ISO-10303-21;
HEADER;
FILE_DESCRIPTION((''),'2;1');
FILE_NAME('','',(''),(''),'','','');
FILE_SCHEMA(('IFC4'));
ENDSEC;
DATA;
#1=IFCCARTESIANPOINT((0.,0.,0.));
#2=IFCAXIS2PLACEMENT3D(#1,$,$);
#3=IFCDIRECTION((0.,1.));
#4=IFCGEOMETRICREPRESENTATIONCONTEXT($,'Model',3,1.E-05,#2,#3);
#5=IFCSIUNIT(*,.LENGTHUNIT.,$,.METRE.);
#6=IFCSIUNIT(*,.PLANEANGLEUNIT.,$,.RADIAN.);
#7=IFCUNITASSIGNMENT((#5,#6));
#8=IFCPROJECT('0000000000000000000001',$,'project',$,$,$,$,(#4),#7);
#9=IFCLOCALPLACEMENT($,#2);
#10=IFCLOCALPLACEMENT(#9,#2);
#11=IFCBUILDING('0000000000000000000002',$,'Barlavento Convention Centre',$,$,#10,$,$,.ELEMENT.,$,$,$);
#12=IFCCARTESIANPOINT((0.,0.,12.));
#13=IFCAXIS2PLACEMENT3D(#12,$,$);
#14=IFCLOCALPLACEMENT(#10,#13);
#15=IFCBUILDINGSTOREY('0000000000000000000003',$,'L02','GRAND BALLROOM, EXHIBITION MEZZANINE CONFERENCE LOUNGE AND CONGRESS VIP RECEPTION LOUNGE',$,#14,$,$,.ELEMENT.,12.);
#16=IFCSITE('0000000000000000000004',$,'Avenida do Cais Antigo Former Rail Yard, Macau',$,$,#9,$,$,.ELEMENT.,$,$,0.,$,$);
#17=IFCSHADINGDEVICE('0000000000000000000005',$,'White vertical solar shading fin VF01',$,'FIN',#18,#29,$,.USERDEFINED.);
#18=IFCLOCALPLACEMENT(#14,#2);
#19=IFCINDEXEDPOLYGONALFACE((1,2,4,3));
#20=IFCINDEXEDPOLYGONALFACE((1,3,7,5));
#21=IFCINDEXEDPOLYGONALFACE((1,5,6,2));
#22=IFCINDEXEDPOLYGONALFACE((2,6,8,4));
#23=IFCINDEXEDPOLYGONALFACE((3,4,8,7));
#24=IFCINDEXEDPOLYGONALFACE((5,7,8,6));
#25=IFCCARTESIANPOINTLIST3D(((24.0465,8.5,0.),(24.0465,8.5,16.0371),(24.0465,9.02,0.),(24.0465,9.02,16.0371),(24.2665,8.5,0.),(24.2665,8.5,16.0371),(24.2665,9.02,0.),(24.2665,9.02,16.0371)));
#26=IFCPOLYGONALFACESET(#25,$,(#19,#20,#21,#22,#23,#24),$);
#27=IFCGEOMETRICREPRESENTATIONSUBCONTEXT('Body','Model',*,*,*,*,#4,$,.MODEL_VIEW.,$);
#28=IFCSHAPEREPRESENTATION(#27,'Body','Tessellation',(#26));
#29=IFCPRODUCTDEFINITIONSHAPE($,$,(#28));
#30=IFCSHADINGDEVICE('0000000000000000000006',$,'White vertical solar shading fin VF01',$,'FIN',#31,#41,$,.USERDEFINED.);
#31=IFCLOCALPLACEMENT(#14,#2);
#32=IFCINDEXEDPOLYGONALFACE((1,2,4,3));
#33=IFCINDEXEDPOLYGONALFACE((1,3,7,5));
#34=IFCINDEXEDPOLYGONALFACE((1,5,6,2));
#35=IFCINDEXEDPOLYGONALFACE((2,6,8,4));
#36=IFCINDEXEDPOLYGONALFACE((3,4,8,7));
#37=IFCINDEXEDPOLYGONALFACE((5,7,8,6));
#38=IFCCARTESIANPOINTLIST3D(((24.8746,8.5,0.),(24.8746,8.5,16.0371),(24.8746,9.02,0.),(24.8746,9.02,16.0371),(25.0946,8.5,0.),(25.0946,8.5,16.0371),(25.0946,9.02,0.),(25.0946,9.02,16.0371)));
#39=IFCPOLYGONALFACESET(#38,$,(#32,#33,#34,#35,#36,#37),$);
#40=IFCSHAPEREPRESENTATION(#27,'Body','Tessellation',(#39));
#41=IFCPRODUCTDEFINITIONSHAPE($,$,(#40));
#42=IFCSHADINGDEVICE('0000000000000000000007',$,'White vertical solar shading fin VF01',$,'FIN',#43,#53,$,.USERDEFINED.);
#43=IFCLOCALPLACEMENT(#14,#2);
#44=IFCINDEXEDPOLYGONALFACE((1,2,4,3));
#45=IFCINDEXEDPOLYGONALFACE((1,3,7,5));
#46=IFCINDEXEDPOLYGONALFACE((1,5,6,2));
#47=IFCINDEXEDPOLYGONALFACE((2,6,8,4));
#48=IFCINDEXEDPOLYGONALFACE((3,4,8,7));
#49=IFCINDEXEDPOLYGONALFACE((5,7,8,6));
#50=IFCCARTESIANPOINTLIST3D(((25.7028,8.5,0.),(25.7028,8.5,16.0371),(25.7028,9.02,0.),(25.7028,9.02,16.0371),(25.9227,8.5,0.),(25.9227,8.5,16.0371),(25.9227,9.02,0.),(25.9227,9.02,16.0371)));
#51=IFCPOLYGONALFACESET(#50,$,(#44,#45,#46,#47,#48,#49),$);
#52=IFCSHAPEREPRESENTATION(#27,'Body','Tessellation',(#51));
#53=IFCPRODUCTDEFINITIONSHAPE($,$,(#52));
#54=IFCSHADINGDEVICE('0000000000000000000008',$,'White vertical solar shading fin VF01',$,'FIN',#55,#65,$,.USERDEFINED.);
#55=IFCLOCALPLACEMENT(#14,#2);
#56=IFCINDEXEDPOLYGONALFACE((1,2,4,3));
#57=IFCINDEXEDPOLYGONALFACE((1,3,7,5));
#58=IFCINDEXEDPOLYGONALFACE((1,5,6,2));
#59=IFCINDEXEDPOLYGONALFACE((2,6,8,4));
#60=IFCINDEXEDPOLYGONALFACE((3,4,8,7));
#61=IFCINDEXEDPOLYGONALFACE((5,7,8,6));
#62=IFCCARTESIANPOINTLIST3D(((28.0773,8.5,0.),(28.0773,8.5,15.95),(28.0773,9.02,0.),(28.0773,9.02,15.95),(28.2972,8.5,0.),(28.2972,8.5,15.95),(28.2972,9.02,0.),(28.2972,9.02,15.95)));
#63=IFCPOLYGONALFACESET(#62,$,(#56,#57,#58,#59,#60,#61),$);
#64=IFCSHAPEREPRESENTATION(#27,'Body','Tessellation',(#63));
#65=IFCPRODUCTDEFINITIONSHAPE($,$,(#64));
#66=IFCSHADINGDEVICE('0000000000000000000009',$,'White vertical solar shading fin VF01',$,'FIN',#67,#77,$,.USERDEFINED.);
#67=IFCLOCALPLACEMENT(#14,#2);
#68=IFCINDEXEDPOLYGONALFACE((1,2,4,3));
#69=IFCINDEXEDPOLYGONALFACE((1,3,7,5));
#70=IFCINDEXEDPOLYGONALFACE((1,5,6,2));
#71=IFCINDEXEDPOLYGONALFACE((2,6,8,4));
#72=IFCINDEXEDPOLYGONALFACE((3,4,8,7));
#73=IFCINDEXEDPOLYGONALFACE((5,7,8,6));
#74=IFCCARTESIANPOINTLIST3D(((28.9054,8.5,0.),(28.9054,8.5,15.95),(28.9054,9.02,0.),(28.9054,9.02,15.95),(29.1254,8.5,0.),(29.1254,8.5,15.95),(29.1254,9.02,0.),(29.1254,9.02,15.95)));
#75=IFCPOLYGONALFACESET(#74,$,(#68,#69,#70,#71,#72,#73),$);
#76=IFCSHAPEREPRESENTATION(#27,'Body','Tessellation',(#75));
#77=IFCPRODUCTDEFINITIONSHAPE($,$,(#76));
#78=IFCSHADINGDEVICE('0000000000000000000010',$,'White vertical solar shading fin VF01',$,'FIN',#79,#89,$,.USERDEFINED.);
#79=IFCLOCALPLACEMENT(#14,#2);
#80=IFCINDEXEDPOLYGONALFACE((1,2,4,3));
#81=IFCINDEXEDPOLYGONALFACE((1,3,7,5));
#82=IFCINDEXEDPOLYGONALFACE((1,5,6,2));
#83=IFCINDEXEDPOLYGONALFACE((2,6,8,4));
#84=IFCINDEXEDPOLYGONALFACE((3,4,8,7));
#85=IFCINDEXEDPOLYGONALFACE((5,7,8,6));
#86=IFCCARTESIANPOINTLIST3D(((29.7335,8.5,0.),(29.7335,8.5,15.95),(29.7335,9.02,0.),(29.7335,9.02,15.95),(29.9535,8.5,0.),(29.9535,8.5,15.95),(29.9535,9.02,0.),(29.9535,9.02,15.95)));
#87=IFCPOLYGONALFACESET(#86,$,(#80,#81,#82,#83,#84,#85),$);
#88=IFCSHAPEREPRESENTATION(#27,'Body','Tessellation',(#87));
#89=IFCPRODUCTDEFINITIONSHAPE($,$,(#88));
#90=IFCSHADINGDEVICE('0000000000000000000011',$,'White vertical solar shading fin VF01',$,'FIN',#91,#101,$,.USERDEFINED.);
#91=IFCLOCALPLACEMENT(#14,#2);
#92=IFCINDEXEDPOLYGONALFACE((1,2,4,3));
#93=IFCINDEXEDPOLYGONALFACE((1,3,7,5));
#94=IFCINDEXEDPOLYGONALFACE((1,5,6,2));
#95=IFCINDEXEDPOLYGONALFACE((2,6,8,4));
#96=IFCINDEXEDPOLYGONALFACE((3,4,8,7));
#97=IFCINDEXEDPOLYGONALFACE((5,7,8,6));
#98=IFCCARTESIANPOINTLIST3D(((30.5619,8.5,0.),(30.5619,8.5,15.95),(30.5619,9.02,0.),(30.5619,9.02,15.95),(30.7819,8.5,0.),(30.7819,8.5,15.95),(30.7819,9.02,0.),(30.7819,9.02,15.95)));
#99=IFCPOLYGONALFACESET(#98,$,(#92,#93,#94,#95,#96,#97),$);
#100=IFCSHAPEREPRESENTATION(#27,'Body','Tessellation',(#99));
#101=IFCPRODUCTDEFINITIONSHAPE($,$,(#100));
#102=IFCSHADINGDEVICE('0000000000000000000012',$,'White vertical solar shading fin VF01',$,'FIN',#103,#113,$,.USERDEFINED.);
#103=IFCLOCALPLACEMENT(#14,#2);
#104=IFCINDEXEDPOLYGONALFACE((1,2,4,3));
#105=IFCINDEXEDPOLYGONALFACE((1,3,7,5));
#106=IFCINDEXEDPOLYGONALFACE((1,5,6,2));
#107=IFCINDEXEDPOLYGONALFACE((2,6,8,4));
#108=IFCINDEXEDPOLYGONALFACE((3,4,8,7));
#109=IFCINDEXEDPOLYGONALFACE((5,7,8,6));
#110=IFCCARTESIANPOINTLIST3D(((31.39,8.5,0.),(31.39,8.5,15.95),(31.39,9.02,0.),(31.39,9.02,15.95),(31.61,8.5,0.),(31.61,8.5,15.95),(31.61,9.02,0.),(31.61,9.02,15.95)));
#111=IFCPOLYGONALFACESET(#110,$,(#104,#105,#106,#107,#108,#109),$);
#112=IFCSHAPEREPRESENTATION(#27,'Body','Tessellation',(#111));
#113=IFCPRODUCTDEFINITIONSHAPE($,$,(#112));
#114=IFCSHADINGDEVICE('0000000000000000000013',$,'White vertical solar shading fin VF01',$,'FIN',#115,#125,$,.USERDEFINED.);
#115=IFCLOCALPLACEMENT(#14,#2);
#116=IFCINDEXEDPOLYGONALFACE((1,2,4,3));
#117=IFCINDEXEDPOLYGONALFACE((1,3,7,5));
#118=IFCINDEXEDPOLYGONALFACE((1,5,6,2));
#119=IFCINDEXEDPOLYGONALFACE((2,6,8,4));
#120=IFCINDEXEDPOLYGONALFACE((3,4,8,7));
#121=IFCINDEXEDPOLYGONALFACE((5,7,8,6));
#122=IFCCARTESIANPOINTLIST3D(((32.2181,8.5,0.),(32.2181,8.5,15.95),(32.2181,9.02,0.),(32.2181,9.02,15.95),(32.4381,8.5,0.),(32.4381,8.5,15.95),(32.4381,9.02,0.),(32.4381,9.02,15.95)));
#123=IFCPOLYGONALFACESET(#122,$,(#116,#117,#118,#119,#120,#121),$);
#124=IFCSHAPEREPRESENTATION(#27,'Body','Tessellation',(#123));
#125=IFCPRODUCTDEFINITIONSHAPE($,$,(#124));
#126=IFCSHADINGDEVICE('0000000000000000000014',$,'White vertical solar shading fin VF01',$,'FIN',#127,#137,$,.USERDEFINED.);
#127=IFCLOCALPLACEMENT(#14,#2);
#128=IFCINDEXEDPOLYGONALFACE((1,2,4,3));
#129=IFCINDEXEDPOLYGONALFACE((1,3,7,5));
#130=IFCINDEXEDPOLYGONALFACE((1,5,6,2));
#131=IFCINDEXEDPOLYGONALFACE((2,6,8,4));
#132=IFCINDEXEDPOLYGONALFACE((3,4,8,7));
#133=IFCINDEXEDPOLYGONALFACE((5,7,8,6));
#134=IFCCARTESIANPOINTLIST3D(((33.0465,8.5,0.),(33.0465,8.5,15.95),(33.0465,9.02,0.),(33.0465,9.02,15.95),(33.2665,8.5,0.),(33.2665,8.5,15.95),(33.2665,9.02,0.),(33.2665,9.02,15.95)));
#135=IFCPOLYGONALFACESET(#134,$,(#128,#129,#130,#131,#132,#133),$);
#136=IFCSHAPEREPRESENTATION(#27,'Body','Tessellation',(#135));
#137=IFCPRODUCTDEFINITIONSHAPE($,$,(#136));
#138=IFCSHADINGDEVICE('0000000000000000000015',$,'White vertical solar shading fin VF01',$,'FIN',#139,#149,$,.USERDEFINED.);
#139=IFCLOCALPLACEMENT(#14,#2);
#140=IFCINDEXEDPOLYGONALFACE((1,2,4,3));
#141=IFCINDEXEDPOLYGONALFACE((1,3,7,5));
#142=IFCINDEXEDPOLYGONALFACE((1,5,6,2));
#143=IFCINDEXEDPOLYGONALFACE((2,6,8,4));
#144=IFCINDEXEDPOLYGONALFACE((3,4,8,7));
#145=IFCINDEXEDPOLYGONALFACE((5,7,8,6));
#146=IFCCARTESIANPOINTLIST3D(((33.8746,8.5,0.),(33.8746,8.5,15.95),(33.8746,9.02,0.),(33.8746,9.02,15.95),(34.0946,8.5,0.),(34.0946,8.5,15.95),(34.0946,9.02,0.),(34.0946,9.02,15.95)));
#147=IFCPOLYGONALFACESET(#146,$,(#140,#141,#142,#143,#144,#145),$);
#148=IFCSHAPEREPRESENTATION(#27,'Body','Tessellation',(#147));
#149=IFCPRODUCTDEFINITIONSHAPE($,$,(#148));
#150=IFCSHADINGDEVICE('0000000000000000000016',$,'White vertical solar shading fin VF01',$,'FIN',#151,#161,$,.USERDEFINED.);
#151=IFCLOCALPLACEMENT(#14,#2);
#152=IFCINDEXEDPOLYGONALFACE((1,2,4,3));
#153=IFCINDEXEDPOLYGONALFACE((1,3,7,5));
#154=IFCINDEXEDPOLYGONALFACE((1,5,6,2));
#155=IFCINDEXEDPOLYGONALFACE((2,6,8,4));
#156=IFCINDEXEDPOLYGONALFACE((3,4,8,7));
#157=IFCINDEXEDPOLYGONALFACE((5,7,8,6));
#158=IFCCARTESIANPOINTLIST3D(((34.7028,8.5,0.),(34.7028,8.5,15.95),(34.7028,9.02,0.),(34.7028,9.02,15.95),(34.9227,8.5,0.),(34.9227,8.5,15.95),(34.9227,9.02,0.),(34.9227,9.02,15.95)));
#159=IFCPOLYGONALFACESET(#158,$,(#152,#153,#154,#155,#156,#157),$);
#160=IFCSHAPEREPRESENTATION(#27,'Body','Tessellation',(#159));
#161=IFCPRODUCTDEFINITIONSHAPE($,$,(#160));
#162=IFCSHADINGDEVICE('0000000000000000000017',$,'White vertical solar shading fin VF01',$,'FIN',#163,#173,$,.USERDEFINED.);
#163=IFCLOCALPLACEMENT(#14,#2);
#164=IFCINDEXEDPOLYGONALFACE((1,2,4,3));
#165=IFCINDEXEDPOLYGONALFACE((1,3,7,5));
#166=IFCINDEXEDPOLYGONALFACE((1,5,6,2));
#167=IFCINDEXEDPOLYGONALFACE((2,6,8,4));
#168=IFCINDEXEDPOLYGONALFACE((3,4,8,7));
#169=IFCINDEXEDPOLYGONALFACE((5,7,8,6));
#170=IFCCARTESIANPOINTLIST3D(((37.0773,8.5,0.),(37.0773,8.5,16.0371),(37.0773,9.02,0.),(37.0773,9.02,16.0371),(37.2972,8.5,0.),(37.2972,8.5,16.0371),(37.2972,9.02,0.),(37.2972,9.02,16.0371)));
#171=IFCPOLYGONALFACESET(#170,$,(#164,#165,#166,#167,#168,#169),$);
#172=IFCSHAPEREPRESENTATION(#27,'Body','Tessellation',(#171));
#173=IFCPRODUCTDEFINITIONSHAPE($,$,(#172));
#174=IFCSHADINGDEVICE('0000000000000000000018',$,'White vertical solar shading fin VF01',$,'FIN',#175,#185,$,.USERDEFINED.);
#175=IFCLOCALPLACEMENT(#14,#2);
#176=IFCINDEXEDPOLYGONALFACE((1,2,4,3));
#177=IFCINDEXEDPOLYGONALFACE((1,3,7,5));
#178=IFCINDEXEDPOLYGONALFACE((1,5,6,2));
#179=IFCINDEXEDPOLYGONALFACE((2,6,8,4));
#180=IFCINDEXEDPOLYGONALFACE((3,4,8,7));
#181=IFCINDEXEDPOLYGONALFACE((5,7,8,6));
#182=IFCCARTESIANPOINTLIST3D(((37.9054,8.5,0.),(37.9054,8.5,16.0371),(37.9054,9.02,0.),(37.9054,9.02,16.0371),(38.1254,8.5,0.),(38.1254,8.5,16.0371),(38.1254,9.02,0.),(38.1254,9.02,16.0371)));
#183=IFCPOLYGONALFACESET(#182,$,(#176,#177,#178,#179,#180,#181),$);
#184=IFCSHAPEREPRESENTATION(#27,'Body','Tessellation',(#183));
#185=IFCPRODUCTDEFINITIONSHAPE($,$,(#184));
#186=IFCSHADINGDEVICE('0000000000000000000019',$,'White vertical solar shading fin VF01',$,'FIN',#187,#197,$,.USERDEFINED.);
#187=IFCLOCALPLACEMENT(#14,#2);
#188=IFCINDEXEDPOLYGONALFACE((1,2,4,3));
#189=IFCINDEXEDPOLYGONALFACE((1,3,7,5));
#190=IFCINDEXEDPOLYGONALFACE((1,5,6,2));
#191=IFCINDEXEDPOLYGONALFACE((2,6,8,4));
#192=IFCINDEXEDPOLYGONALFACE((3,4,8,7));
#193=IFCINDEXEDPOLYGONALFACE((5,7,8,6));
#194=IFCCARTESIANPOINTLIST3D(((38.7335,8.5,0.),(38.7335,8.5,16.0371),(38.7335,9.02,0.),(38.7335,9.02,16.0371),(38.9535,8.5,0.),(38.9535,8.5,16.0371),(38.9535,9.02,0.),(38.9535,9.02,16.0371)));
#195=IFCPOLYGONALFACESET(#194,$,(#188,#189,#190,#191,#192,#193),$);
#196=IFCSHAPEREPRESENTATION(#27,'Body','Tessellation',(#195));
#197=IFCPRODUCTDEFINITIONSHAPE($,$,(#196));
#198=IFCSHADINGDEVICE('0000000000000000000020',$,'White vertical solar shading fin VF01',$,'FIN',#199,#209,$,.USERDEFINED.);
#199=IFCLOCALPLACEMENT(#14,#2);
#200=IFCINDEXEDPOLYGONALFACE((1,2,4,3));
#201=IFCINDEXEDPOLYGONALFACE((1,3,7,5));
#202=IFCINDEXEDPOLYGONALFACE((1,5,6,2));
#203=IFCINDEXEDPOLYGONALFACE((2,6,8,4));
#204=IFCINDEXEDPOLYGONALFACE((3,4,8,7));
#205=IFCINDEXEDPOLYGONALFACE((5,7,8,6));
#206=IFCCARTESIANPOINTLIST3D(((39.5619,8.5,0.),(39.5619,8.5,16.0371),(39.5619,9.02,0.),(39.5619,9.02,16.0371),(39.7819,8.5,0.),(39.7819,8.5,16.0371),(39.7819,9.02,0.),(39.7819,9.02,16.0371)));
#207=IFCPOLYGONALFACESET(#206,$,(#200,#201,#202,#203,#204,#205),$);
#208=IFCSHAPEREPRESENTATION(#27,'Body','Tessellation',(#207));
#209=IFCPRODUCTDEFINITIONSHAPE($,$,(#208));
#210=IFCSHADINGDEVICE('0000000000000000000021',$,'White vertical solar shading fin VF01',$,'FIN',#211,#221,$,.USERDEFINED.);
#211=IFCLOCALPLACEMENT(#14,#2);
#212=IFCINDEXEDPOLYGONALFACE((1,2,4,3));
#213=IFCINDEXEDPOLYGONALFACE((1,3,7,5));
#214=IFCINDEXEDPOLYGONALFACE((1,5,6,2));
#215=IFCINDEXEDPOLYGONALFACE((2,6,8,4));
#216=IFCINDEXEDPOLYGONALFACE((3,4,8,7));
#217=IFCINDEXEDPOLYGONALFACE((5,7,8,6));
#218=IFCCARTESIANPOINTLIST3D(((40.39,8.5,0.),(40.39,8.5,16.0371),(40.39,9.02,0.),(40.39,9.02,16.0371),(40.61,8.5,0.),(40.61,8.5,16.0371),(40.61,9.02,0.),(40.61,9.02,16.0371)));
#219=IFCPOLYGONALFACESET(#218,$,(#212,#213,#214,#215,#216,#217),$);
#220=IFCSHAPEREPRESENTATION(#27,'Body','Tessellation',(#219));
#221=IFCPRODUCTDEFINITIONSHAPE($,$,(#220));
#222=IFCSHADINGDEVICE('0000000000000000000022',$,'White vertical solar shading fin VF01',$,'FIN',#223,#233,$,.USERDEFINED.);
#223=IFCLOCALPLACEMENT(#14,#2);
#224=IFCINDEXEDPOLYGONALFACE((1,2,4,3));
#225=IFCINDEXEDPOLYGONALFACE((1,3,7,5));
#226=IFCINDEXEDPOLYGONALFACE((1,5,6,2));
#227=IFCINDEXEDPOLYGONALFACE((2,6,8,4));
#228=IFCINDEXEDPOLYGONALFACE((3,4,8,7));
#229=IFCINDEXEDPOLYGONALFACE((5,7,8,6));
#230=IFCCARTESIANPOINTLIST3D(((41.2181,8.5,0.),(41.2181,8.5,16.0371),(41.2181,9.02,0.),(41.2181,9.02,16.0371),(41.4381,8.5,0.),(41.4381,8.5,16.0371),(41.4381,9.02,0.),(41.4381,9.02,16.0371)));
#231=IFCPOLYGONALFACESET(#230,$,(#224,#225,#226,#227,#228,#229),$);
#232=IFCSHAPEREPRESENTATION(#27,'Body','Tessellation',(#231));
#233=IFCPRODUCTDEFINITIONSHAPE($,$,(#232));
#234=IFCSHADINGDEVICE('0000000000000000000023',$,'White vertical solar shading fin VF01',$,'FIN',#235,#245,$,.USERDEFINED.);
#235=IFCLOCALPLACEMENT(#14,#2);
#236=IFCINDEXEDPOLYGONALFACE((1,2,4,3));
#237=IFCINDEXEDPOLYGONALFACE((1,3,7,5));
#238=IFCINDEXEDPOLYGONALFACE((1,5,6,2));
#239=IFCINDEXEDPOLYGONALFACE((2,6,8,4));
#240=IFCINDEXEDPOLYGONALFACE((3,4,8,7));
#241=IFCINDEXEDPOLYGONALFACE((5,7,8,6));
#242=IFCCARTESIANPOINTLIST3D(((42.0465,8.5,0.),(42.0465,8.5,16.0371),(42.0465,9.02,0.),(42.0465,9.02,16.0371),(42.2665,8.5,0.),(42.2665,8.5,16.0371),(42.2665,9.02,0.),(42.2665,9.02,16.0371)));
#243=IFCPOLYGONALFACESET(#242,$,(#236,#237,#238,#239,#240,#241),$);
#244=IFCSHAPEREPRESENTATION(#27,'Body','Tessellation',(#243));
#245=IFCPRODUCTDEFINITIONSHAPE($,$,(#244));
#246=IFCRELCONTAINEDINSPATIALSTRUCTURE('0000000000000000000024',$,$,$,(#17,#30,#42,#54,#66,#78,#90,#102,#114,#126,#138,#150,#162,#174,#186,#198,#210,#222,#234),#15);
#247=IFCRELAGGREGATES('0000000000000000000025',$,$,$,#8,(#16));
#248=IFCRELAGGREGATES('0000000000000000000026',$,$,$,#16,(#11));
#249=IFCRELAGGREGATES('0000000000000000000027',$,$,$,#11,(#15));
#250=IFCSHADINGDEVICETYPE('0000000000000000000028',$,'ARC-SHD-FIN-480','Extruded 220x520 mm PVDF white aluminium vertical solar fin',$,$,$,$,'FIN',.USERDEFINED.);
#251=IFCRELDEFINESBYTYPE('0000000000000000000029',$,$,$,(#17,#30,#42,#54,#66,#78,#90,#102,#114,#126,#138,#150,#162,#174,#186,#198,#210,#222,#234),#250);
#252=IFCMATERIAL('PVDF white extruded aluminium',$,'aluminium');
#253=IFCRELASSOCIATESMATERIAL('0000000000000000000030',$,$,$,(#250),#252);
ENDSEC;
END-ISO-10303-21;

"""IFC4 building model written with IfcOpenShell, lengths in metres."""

from ifc_helpers import new_model, si_unit, direction, frame, origin, origin_2d, place, context, subcontext, project, spatial, rectangle, extrude, material, type_object, element, save


model = new_model("IFC4")

# Units and contexts
model_context = context("Model", 3, precision=1e-05, world=origin(), true_north=direction((0.0, 1.0)))
body_context = subcontext(model_context, "Body", "Model", "MODEL_VIEW")
ifc_project = project(units=[si_unit("LENGTHUNIT", "METRE"), si_unit("PLANEANGLEUNIT", "RADIAN")], contexts=[model_context])

# Site, building, storey
site_placement = place(None, origin())
site = spatial("IfcSite", under=ifc_project, at=site_placement, Name="Avenida do Cais Antigo Former Rail Yard, Macau", CompositionType="ELEMENT", RefElevation=0.0)
building_placement = place(site_placement, origin())
building = spatial("IfcBuilding", under=site, at=building_placement, Name="Barlavento Convention Centre", CompositionType="ELEMENT")
storey_placement = place(building_placement, frame((0.0, 0.0, 12.0)))
storey = spatial("IfcBuildingStorey", under=building, at=storey_placement, Name="L02", Description="GRAND BALLROOM, EXHIBITION MEZZANINE CONFERENCE LOUNGE AND CONGRESS VIP RECEPTION LOUNGE", CompositionType="ELEMENT", Elevation=12.0)

# Shading devices
ifc_material_1 = material(Name="PVDF white extruded aluminium", Category="aluminium")
shading_device_type = type_object("IfcShadingDeviceType", Name="ARC-SHD-FIN-480", Description="Extruded 220x520 mm PVDF white aluminium vertical solar fin", ElementType="FIN", PredefinedType="USERDEFINED", material=ifc_material_1)
for number, where, z_axis, x_axis, name in (
    (1, (24.1565, 8.76, 0.0), (0.0, 0.0, 1.0), (1.0, 0.0, 0.0), "White vertical solar shading fin VF01"),
    (2, (24.9846, 8.76, 0.0), (0.0, 0.0, 1.0), (1.0, 0.0, 0.0), "White vertical solar shading fin VF01"),
    (3, (25.8127, 8.76, 0.0), (0.0, 0.0, 1.0), (1.0, 0.0, 0.0), "White vertical solar shading fin VF01"),
):
    element("IfcShadingDevice", number, at=place(storey_placement, frame(where, z_axis=z_axis, x_axis=x_axis)), inside=storey, type_object=shading_device_type, Name=name, ObjectType="FIN", PredefinedType="USERDEFINED", context=body_context, shape_type="SweptSolid", body=[
        extrude(rectangle(XDim=0.22, YDim=0.52, at=origin_2d()), origin(), (0.0, 0.0, 1.0), 16.0371),
    ])
for number, where, z_axis, x_axis, name in (
    (4, (28.1873, 8.76, 0.0), (0.0, 0.0, 1.0), (1.0, 0.0, 0.0), "White vertical solar shading fin VF01"),
    (5, (29.0154, 8.76, 0.0), (0.0, 0.0, 1.0), (1.0, 0.0, 0.0), "White vertical solar shading fin VF01"),
    (6, (29.8435, 8.76, 0.0), (0.0, 0.0, 1.0), (1.0, 0.0, 0.0), "White vertical solar shading fin VF01"),
    (7, (30.6719, 8.76, 0.0), (0.0, 0.0, 1.0), (1.0, 0.0, 0.0), "White vertical solar shading fin VF01"),
    (8, (31.5, 8.76, 0.0), (0.0, 0.0, 1.0), (1.0, 0.0, 0.0), "White vertical solar shading fin VF01"),
    (9, (32.3281, 8.76, 0.0), (0.0, 0.0, 1.0), (1.0, 0.0, 0.0), "White vertical solar shading fin VF01"),
    (10, (33.1565, 8.76, 0.0), (0.0, 0.0, 1.0), (1.0, 0.0, 0.0), "White vertical solar shading fin VF01"),
    (11, (33.9846, 8.76, 0.0), (0.0, 0.0, 1.0), (1.0, 0.0, 0.0), "White vertical solar shading fin VF01"),
    (12, (34.8127, 8.76, 0.0), (0.0, 0.0, 1.0), (1.0, 0.0, 0.0), "White vertical solar shading fin VF01"),
):
    element("IfcShadingDevice", number, at=place(storey_placement, frame(where, z_axis=z_axis, x_axis=x_axis)), inside=storey, type_object=shading_device_type, Name=name, ObjectType="FIN", PredefinedType="USERDEFINED", context=body_context, shape_type="SweptSolid", body=[
        extrude(rectangle(XDim=0.22, YDim=0.52, at=origin_2d()), origin(), (0.0, 0.0, 1.0), 15.95),
    ])
for number, where, z_axis, x_axis, name in (
    (13, (37.1873, 8.76, 0.0), (0.0, 0.0, 1.0), (1.0, 0.0, 0.0), "White vertical solar shading fin VF01"),
    (14, (38.0154, 8.76, 0.0), (0.0, 0.0, 1.0), (1.0, 0.0, 0.0), "White vertical solar shading fin VF01"),
    (15, (38.8435, 8.76, 0.0), (0.0, 0.0, 1.0), (1.0, 0.0, 0.0), "White vertical solar shading fin VF01"),
    (16, (39.6719, 8.76, 0.0), (0.0, 0.0, 1.0), (1.0, 0.0, 0.0), "White vertical solar shading fin VF01"),
    (17, (40.5, 8.76, 0.0), (0.0, 0.0, 1.0), (1.0, 0.0, 0.0), "White vertical solar shading fin VF01"),
    (18, (41.3281, 8.76, 0.0), (0.0, 0.0, 1.0), (1.0, 0.0, 0.0), "White vertical solar shading fin VF01"),
    (19, (42.1565, 8.76, 0.0), (0.0, 0.0, 1.0), (1.0, 0.0, 0.0), "White vertical solar shading fin VF01"),
):
    element("IfcShadingDevice", number, at=place(storey_placement, frame(where, z_axis=z_axis, x_axis=x_axis)), inside=storey, type_object=shading_device_type, Name=name, ObjectType="FIN", PredefinedType="USERDEFINED", context=body_context, shape_type="SweptSolid", body=[
        extrude(rectangle(XDim=0.22, YDim=0.52, at=origin_2d()), origin(), (0.0, 0.0, 1.0), 16.0371),
    ])

save(model, "model.ifc")
